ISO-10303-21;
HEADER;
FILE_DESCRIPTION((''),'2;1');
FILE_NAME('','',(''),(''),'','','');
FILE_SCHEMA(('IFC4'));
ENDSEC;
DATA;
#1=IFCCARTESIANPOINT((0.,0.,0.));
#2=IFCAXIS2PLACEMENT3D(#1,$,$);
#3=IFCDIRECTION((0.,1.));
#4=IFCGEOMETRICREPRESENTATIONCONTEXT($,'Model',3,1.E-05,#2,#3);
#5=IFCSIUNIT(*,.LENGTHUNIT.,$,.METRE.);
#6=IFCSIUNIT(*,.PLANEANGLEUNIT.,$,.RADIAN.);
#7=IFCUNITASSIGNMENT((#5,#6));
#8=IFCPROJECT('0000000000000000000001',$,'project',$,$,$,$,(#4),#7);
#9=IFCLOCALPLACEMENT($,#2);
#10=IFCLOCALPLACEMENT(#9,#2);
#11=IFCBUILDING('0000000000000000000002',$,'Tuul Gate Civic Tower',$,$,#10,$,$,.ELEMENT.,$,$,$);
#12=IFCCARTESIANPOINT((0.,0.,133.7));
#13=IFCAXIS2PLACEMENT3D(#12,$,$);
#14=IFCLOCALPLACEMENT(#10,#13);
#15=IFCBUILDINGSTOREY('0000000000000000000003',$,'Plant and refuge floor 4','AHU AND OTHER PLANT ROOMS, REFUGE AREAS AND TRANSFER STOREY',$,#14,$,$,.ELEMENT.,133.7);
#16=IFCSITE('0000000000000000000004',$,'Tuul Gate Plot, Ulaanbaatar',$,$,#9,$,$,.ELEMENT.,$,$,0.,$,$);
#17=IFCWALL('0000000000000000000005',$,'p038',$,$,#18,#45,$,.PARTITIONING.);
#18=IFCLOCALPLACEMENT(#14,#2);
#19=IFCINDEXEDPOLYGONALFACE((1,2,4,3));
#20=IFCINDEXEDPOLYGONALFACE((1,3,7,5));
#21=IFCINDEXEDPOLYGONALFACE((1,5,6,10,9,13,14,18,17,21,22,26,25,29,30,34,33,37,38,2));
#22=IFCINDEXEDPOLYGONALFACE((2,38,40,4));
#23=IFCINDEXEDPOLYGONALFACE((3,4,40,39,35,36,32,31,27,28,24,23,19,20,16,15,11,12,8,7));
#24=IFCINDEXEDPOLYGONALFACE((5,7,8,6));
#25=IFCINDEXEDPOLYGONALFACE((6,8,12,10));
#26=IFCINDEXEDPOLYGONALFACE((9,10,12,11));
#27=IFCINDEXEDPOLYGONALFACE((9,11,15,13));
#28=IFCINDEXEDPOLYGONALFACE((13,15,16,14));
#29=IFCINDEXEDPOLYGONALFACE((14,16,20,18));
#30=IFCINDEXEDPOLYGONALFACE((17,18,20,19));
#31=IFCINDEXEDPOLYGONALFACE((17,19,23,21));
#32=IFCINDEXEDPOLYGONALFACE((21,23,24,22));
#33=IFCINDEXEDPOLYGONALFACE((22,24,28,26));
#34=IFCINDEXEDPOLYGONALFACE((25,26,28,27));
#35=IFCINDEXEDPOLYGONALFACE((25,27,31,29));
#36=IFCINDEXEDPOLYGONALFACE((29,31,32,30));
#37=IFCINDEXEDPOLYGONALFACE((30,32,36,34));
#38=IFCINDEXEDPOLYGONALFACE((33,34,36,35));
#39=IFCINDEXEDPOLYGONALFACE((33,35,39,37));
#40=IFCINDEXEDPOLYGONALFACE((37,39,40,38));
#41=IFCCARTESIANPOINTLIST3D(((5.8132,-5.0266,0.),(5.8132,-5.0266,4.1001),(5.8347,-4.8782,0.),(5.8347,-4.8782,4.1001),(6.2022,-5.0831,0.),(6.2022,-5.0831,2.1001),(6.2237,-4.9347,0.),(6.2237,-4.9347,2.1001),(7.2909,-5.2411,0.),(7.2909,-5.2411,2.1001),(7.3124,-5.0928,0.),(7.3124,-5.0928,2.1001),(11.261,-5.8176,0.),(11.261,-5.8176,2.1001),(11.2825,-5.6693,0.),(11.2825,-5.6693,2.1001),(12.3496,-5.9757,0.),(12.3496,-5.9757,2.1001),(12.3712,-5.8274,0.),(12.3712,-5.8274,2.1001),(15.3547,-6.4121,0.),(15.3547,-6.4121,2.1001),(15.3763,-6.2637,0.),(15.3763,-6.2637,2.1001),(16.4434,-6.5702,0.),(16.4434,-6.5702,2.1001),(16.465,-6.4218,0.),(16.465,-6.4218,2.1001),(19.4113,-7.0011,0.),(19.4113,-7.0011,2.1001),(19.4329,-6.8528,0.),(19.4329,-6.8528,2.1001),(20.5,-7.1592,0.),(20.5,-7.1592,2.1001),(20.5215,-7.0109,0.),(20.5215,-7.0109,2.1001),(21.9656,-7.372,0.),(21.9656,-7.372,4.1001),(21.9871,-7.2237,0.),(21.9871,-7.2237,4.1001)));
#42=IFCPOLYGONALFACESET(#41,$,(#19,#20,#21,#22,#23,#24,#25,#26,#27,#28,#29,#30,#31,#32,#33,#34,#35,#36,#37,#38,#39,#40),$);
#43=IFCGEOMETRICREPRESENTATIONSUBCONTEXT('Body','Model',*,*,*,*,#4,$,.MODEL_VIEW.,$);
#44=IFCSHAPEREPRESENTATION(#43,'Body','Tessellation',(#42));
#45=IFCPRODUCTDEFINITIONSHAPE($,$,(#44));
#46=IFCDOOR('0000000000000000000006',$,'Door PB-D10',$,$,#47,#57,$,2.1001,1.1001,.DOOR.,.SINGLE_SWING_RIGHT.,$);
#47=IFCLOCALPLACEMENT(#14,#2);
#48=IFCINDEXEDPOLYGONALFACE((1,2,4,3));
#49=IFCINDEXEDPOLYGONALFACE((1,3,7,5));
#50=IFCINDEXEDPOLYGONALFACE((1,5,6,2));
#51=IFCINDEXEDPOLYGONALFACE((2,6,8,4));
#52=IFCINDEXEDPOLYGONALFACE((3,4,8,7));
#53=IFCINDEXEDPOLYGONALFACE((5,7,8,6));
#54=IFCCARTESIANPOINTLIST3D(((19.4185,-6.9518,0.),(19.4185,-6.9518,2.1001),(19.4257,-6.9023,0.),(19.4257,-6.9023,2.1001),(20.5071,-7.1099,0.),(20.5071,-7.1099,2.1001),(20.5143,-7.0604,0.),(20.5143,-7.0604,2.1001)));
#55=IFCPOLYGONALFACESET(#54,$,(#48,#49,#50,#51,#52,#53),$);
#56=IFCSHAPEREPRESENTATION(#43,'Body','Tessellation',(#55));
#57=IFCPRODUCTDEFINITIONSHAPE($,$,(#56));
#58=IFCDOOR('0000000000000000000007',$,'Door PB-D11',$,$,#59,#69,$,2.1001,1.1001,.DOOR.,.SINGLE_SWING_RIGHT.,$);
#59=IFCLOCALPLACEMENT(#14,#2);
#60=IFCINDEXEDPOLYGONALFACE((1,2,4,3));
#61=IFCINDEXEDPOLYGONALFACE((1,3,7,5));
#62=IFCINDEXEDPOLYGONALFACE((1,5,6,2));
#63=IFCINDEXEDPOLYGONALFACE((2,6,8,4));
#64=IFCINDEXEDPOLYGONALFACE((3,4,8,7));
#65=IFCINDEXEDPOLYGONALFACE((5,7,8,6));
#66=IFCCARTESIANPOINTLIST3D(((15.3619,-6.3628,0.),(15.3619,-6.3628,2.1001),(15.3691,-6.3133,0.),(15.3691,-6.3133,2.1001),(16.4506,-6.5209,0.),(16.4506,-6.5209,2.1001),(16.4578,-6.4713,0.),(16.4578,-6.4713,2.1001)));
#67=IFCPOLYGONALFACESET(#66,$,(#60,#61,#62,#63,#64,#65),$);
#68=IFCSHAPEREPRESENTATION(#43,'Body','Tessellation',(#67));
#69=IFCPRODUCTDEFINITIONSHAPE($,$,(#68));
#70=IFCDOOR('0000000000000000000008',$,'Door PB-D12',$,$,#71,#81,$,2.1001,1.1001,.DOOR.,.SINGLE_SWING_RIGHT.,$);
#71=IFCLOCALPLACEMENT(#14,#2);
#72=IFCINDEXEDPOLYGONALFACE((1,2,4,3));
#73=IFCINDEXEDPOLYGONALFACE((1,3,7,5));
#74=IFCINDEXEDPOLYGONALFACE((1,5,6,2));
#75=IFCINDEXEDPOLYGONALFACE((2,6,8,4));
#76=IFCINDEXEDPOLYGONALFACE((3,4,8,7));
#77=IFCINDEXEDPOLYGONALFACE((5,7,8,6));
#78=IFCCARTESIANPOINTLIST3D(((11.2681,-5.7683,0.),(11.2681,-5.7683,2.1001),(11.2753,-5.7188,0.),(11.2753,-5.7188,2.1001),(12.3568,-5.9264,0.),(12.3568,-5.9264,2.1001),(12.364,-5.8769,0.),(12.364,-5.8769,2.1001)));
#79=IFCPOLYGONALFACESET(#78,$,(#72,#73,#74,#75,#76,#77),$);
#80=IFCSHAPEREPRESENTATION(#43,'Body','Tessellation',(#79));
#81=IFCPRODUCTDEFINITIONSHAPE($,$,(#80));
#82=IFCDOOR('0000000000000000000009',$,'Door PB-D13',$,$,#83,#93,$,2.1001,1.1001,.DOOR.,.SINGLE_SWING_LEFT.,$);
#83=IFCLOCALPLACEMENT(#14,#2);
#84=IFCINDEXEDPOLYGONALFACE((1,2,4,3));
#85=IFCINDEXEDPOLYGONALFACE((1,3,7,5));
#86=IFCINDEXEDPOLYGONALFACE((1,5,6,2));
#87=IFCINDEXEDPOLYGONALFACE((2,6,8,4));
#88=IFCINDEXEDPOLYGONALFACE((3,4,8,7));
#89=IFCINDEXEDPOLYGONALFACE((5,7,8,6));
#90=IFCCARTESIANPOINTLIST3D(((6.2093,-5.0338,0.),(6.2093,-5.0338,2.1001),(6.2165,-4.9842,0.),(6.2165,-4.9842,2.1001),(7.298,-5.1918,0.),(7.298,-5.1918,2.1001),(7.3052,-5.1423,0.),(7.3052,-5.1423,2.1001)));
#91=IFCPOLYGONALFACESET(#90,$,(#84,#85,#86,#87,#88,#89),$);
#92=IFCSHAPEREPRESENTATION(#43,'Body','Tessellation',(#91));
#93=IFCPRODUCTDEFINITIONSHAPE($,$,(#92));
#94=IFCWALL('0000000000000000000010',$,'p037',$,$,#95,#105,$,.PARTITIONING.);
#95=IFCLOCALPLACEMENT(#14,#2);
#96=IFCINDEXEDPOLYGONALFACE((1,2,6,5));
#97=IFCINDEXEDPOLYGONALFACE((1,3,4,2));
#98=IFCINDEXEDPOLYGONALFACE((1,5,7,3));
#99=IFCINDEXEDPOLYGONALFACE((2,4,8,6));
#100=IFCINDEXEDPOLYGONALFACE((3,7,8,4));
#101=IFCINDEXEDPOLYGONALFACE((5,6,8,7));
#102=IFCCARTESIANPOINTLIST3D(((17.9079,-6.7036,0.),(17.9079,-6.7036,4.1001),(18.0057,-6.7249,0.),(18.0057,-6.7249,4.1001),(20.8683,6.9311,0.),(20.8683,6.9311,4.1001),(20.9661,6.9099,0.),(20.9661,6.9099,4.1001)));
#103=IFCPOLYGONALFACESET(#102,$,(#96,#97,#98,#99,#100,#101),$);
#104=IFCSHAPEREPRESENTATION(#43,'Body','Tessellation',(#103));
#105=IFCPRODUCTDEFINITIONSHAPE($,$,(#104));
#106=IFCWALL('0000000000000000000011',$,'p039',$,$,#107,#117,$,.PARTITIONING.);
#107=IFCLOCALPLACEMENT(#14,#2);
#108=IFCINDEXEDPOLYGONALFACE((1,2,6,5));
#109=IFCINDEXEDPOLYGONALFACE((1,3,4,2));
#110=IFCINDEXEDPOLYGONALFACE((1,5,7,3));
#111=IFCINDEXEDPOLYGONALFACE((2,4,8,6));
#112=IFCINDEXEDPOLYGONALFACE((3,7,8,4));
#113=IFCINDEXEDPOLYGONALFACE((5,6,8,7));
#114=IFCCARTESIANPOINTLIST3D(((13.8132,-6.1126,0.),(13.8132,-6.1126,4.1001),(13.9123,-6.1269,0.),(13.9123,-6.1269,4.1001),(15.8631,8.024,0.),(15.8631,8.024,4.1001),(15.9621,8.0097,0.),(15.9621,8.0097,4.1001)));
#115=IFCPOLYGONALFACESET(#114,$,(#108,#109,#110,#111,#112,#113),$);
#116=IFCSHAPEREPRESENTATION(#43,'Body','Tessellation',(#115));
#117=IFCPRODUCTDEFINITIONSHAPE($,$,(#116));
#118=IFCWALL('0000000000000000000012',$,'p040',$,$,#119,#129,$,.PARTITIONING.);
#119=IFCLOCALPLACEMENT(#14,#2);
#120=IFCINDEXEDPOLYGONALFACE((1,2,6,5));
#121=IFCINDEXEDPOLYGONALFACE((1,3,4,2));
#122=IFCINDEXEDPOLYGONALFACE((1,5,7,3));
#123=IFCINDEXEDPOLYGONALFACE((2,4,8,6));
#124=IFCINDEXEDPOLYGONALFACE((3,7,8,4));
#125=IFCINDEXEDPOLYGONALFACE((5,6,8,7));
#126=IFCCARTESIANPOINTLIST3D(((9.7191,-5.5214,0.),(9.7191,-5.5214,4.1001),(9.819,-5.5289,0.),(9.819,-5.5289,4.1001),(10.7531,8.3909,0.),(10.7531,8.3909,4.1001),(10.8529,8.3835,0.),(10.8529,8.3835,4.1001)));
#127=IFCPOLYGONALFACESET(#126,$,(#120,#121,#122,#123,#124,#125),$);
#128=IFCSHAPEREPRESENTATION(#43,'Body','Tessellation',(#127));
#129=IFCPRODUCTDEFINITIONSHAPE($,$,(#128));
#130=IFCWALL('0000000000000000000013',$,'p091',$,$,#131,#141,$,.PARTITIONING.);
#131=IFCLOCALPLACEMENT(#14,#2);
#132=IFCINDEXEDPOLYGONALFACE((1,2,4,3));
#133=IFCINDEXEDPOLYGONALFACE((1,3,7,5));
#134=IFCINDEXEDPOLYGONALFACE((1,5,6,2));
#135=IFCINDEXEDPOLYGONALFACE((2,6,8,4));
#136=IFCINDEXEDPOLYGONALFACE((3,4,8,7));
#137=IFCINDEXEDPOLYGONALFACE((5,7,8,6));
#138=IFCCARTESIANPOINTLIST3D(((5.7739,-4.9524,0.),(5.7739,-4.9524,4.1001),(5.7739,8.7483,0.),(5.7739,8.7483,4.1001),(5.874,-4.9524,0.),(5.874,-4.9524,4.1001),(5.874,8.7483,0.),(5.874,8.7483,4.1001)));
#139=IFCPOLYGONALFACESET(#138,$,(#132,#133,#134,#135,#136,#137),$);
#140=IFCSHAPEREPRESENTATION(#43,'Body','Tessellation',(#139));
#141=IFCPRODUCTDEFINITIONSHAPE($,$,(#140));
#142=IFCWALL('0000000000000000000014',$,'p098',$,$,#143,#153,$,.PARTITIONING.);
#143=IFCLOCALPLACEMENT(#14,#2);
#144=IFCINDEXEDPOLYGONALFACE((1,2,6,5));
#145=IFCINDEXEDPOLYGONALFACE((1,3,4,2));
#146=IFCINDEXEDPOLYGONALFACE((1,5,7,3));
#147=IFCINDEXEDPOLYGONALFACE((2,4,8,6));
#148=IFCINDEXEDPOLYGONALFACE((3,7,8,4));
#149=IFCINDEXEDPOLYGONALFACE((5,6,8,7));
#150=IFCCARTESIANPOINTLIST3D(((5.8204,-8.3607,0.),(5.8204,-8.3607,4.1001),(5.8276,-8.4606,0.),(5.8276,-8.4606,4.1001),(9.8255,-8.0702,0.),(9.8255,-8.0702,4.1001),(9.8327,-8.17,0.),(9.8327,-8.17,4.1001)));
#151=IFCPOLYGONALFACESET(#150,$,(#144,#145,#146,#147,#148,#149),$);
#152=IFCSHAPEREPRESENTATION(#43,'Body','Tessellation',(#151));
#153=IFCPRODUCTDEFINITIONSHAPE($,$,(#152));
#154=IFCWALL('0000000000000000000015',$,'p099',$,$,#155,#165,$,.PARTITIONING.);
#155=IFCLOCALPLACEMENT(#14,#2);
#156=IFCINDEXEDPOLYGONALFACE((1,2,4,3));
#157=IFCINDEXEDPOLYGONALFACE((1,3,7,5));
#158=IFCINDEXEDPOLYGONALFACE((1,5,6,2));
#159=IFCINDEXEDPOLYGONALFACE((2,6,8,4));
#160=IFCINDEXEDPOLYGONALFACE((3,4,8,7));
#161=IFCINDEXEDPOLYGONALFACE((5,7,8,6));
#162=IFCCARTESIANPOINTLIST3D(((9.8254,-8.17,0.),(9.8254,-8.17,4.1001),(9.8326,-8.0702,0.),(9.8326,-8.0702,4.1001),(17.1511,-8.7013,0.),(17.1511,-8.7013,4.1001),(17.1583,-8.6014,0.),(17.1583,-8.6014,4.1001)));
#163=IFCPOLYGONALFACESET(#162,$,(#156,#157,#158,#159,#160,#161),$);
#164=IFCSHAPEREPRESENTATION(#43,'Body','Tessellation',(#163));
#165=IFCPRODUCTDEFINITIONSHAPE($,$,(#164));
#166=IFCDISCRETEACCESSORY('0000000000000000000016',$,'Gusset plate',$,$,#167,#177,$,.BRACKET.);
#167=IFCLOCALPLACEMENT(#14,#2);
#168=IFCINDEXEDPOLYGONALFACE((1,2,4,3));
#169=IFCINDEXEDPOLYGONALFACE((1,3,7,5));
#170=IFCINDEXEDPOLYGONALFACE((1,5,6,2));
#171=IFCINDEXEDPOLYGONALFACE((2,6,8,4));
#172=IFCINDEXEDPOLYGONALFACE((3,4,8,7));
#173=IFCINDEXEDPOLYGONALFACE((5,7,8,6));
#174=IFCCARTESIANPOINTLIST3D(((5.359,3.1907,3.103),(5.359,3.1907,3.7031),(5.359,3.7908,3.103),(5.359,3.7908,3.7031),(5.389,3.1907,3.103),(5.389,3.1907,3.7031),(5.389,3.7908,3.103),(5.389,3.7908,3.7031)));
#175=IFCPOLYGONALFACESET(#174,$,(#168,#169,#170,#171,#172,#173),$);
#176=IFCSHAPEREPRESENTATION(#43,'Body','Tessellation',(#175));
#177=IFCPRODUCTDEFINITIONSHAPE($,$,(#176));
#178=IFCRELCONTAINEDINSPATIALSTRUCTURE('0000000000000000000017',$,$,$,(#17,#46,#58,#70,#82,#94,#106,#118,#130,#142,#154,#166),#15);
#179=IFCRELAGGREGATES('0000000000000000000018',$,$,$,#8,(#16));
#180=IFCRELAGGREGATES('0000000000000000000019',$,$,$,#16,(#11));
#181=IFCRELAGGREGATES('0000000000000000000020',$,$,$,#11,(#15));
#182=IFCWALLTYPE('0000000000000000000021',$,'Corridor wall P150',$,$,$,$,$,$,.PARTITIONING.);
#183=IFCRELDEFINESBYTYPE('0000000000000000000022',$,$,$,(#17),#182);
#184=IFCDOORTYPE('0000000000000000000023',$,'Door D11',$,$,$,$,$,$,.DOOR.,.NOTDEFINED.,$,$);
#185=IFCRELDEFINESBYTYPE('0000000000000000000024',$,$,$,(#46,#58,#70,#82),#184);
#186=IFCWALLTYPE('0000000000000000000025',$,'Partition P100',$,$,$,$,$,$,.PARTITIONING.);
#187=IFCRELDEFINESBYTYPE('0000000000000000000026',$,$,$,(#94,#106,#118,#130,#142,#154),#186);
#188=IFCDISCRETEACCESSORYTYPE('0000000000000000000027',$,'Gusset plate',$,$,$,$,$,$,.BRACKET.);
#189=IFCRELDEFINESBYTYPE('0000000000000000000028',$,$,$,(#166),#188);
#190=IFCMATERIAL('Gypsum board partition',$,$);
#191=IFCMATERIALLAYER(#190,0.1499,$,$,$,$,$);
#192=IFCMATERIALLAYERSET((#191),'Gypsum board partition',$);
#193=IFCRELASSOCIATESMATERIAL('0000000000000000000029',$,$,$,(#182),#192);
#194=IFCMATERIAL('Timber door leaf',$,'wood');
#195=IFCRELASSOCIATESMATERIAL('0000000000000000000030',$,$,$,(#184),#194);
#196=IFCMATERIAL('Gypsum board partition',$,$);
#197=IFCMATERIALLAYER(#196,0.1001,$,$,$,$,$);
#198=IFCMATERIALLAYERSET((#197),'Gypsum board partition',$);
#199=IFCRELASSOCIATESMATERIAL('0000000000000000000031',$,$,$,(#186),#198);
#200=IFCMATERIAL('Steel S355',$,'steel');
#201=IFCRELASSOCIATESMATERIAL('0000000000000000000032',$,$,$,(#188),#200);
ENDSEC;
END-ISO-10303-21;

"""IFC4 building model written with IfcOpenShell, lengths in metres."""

from ifc_helpers import new_model, si_unit, direction, frame, frame_2d, origin, origin_2d, place, context, subcontext, project, spatial, rectangle, extrude, material, layer, layer_set, type_object, element, fill, save


model = new_model("IFC4")

# Units and contexts
model_context = context("Model", 3, precision=1e-05, world=origin(), true_north=direction((0.0, 1.0)))
body_context = subcontext(model_context, "Body", "Model", "MODEL_VIEW")
ifc_project = project(units=[si_unit("LENGTHUNIT", "METRE"), si_unit("PLANEANGLEUNIT", "RADIAN")], contexts=[model_context])

# Site, building, storey
site_placement = place(None, origin())
site = spatial("IfcSite", under=ifc_project, at=site_placement, Name="Tuul Gate Plot, Ulaanbaatar", CompositionType="ELEMENT", RefElevation=0.0)
building_placement = place(site_placement, origin())
building = spatial("IfcBuilding", under=site, at=building_placement, Name="Tuul Gate Civic Tower", CompositionType="ELEMENT")
storey_placement = place(building_placement, frame((0.0, 0.0, 133.7)))
storey = spatial("IfcBuildingStorey", under=building, at=storey_placement, Name="Plant and refuge floor 4", Description="AHU AND OTHER PLANT ROOMS, REFUGE AREAS AND TRANSFER STOREY", CompositionType="ELEMENT", Elevation=133.7)

# Shared definitions
ifc_material_1 = material(Name="Gypsum board partition")
ifc_layer_1 = layer(ifc_material_1, 0.1499)
ifc_layer_set_1 = layer_set([ifc_layer_1], Name="Gypsum board partition")
wall_type_1 = type_object("IfcWallType", Name="Corridor wall P150", PredefinedType="PARTITIONING", material=ifc_layer_set_1)
ifc_material_2 = material(Name="Timber door leaf", Category="wood")
door_type = type_object("IfcDoorType", Name="Door D11", OperationType="NOTDEFINED", PredefinedType="DOOR", material=ifc_material_2)

# Wall, openings, doors
wall_1_placement = place(storey_placement, frame((5.824, -4.9524, 0.0), z_axis=(0.0, 0.0, 1.0), x_axis=(0.989621, -0.143701, 0.0)))
wall_1 = element("IfcWall", 1, at=wall_1_placement, inside=storey, type_object=wall_type_1, Name="p038", PredefinedType="PARTITIONING", context=body_context, shape_type="SweptSolid", body=[
    extrude(rectangle(XDim=16.3218, YDim=0.1499, at=frame_2d((8.1609, 0.0))), origin(), (0.0, 0.0, 1.0), 4.1001),
])
opening_1_placement = place(wall_1_placement, frame((13.7407, 0.0, 0.0)))
opening_1 = element("IfcOpeningElement", 2, at=opening_1_placement, cuts=wall_1, PredefinedType="OPENING", context=body_context, shape_type="SweptSolid", body=[
    extrude(rectangle(XDim=1.1001, YDim=2.1001, at=frame_2d((0.55, 1.05))), frame((0.0, 0.085, 0.0), z_axis=(0.0, -1.0, 0.0), x_axis=(1.0, 0.0, 0.0)), (0.0, 0.0, 1.0), 0.1699),
])
opening_2_placement = place(wall_1_placement, frame((9.6416, 0.0, 0.0)))
opening_2 = element("IfcOpeningElement", 3, at=opening_2_placement, cuts=wall_1, PredefinedType="OPENING", context=body_context, shape_type="SweptSolid", body=[
    extrude(rectangle(XDim=1.1001, YDim=2.1001, at=frame_2d((0.55, 1.05))), frame((0.0, 0.085, 0.0), z_axis=(0.0, -1.0, 0.0), x_axis=(1.0, 0.0, 0.0)), (0.0, 0.0, 1.0), 0.1699),
])
opening_3_placement = place(wall_1_placement, frame((5.5049, 0.0, 0.0)))
opening_3 = element("IfcOpeningElement", 4, at=opening_3_placement, cuts=wall_1, PredefinedType="OPENING", context=body_context, shape_type="SweptSolid", body=[
    extrude(rectangle(XDim=1.1001, YDim=2.1001, at=frame_2d((0.55, 1.05))), frame((0.0, 0.085, 0.0), z_axis=(0.0, -1.0, 0.0), x_axis=(1.0, 0.0, 0.0)), (0.0, 0.0, 1.0), 0.1699),
])
opening_4_placement = place(wall_1_placement, frame((0.3931, 0.0, 0.0)))
opening_4 = element("IfcOpeningElement", 5, at=opening_4_placement, cuts=wall_1, PredefinedType="OPENING", context=body_context, shape_type="SweptSolid", body=[
    extrude(rectangle(XDim=1.1001, YDim=2.1001, at=frame_2d((0.55, 1.05))), frame((0.0, 0.085, 0.0), z_axis=(0.0, -1.0, 0.0), x_axis=(1.0, 0.0, 0.0)), (0.0, 0.0, 1.0), 0.1699),
])
door_1_placement = place(opening_1_placement, origin())
door_1 = element("IfcDoor", 6, at=door_1_placement, inside=storey, type_object=door_type, Name="Door PB-D10", OperationType="SINGLE_SWING_RIGHT", OverallHeight=2.1001, OverallWidth=1.1001, PredefinedType="DOOR", context=body_context, shape_type="SweptSolid", body=[
    extrude(rectangle(XDim=1.1001, YDim=2.1001, at=frame_2d((0.55, 1.05))), frame((0.0, 0.0249, 0.0), z_axis=(0.0, -1.0, 0.0), x_axis=(1.0, 0.0, 0.0)), (0.0, 0.0, 1.0), 0.05),
])
fill(opening_1, door_1)
door_2_placement = place(opening_2_placement, origin())
door_2 = element("IfcDoor", 7, at=door_2_placement, inside=storey, type_object=door_type, Name="Door PB-D11", OperationType="SINGLE_SWING_RIGHT", OverallHeight=2.1001, OverallWidth=1.1001, PredefinedType="DOOR", context=body_context, shape_type="SweptSolid", body=[
    extrude(rectangle(XDim=1.1001, YDim=2.1001, at=frame_2d((0.55, 1.05))), frame((0.0, 0.0249, 0.0), z_axis=(0.0, -1.0, 0.0), x_axis=(1.0, 0.0, 0.0)), (0.0, 0.0, 1.0), 0.05),
])
fill(opening_2, door_2)
door_3_placement = place(opening_3_placement, origin())
door_3 = element("IfcDoor", 8, at=door_3_placement, inside=storey, type_object=door_type, Name="Door PB-D12", OperationType="SINGLE_SWING_RIGHT", OverallHeight=2.1001, OverallWidth=1.1001, PredefinedType="DOOR", context=body_context, shape_type="SweptSolid", body=[
    extrude(rectangle(XDim=1.1001, YDim=2.1001, at=frame_2d((0.55, 1.05))), frame((0.0, 0.0249, 0.0), z_axis=(0.0, -1.0, 0.0), x_axis=(1.0, 0.0, 0.0)), (0.0, 0.0, 1.0), 0.05),
])
fill(opening_3, door_3)
door_4_placement = place(opening_4_placement, origin())
door_4 = element("IfcDoor", 9, at=door_4_placement, inside=storey, type_object=door_type, Name="Door PB-D13", OperationType="SINGLE_SWING_LEFT", OverallHeight=2.1001, OverallWidth=1.1001, PredefinedType="DOOR", context=body_context, shape_type="SweptSolid", body=[
    extrude(rectangle(XDim=1.1001, YDim=2.1001, at=frame_2d((0.55, 1.05))), frame((0.0, 0.0249, 0.0), z_axis=(0.0, -1.0, 0.0), x_axis=(1.0, 0.0, 0.0)), (0.0, 0.0, 1.0), 0.05),
])
fill(opening_4, door_4)

# Walls
ifc_material_3 = material(Name="Gypsum board partition")
ifc_layer_2 = layer(ifc_material_3, 0.1001)
ifc_layer_set_2 = layer_set([ifc_layer_2], Name="Gypsum board partition")
wall_type_2 = type_object("IfcWallType", Name="Partition P100", PredefinedType="PARTITIONING", material=ifc_layer_set_2)
wall_2_placement = place(storey_placement, frame((17.9568, -6.7141, 0.0), z_axis=(0.0, 0.0, 1.0), x_axis=(0.212181, 0.97723, 0.0)))
element("IfcWall", 10, at=wall_2_placement, inside=storey, type_object=wall_type_2, Name="p037", PredefinedType="PARTITIONING", context=body_context, shape_type="SweptSolid", body=[
    extrude(rectangle(XDim=13.9524, YDim=0.1001, at=frame_2d((6.9761, 0.0))), origin(), (0.0, 0.0, 1.0), 4.1001),
])
wall_3_placement = place(storey_placement, frame((13.8628, -6.1196, 0.0), z_axis=(0.0, 0.0, 1.0), x_axis=(0.1435, 0.98965, 0.0)))
element("IfcWall", 11, at=wall_3_placement, inside=storey, type_object=wall_type_2, Name="p039", PredefinedType="PARTITIONING", context=body_context, shape_type="SweptSolid", body=[
    extrude(rectangle(XDim=14.2844, YDim=0.1001, at=frame_2d((7.1421, 0.0))), origin(), (0.0, 0.0, 1.0), 4.1001),
])
wall_4_placement = place(storey_placement, frame((9.769, -5.5251, 0.0), z_axis=(0.0, 0.0, 1.0), x_axis=(0.074113, 0.99725, 0.0)))
element("IfcWall", 12, at=wall_4_placement, inside=storey, type_object=wall_type_2, Name="p040", PredefinedType="PARTITIONING", context=body_context, shape_type="SweptSolid", body=[
    extrude(rectangle(XDim=13.9507, YDim=0.1001, at=frame_2d((6.9753, 0.0))), origin(), (0.0, 0.0, 1.0), 4.1001),
])
wall_5_placement = place(storey_placement, frame((5.824, -4.9524, 0.0), z_axis=(0.0, 0.0, 1.0), x_axis=(0.0, 1.0, 0.0)))
element("IfcWall", 13, at=wall_5_placement, inside=storey, type_object=wall_type_2, Name="p091", PredefinedType="PARTITIONING", context=body_context, shape_type="SweptSolid", body=[
    extrude(rectangle(XDim=13.7007, YDim=0.1001, at=frame_2d((6.8503, 0.0))), origin(), (0.0, 0.0, 1.0), 4.1001),
])
wall_6_placement = place(storey_placement, frame((5.824, -8.4106, 0.0), z_axis=(0.0, 0.0, 1.0), x_axis=(0.997379, 0.072349, 0.0)))
element("IfcWall", 14, at=wall_6_placement, inside=storey, type_object=wall_type_2, Name="p098", PredefinedType="PARTITIONING", context=body_context, shape_type="SweptSolid", body=[
    extrude(rectangle(XDim=4.0156, YDim=0.1001, at=frame_2d((2.0078, 0.0))), origin(), (0.0, 0.0, 1.0), 4.1001),
])
wall_7_placement = place(storey_placement, frame((9.8291, -8.1201, 0.0), z_axis=(0.0, 0.0, 1.0), x_axis=(0.997381, -0.072329, 0.0)))
element("IfcWall", 15, at=wall_7_placement, inside=storey, type_object=wall_type_2, Name="p099", PredefinedType="PARTITIONING", context=body_context, shape_type="SweptSolid", body=[
    extrude(rectangle(XDim=7.345, YDim=0.1001, at=frame_2d((3.6724, 0.0))), origin(), (0.0, 0.0, 1.0), 4.1001),
])

# Discrete accessory
ifc_material_4 = material(Name="Steel S355", Category="steel")
discrete_accessory_type = type_object("IfcDiscreteAccessoryType", Name="Gusset plate", PredefinedType="BRACKET", material=ifc_material_4)
discrete_accessory_placement = place(storey_placement, frame((5.374, 3.4907, 3.103), z_axis=(0.0, 0.0, 1.0), x_axis=(0.0, 1.0, 0.0)))
element("IfcDiscreteAccessory", 16, at=discrete_accessory_placement, inside=storey, type_object=discrete_accessory_type, Name="Gusset plate", PredefinedType="BRACKET", context=body_context, shape_type="SweptSolid", body=[
    extrude(rectangle(XDim=0.6001, YDim=0.03, at=origin_2d()), origin(), (0.0, 0.0, 1.0), 0.6001),
])

save(model, "model.ifc")
